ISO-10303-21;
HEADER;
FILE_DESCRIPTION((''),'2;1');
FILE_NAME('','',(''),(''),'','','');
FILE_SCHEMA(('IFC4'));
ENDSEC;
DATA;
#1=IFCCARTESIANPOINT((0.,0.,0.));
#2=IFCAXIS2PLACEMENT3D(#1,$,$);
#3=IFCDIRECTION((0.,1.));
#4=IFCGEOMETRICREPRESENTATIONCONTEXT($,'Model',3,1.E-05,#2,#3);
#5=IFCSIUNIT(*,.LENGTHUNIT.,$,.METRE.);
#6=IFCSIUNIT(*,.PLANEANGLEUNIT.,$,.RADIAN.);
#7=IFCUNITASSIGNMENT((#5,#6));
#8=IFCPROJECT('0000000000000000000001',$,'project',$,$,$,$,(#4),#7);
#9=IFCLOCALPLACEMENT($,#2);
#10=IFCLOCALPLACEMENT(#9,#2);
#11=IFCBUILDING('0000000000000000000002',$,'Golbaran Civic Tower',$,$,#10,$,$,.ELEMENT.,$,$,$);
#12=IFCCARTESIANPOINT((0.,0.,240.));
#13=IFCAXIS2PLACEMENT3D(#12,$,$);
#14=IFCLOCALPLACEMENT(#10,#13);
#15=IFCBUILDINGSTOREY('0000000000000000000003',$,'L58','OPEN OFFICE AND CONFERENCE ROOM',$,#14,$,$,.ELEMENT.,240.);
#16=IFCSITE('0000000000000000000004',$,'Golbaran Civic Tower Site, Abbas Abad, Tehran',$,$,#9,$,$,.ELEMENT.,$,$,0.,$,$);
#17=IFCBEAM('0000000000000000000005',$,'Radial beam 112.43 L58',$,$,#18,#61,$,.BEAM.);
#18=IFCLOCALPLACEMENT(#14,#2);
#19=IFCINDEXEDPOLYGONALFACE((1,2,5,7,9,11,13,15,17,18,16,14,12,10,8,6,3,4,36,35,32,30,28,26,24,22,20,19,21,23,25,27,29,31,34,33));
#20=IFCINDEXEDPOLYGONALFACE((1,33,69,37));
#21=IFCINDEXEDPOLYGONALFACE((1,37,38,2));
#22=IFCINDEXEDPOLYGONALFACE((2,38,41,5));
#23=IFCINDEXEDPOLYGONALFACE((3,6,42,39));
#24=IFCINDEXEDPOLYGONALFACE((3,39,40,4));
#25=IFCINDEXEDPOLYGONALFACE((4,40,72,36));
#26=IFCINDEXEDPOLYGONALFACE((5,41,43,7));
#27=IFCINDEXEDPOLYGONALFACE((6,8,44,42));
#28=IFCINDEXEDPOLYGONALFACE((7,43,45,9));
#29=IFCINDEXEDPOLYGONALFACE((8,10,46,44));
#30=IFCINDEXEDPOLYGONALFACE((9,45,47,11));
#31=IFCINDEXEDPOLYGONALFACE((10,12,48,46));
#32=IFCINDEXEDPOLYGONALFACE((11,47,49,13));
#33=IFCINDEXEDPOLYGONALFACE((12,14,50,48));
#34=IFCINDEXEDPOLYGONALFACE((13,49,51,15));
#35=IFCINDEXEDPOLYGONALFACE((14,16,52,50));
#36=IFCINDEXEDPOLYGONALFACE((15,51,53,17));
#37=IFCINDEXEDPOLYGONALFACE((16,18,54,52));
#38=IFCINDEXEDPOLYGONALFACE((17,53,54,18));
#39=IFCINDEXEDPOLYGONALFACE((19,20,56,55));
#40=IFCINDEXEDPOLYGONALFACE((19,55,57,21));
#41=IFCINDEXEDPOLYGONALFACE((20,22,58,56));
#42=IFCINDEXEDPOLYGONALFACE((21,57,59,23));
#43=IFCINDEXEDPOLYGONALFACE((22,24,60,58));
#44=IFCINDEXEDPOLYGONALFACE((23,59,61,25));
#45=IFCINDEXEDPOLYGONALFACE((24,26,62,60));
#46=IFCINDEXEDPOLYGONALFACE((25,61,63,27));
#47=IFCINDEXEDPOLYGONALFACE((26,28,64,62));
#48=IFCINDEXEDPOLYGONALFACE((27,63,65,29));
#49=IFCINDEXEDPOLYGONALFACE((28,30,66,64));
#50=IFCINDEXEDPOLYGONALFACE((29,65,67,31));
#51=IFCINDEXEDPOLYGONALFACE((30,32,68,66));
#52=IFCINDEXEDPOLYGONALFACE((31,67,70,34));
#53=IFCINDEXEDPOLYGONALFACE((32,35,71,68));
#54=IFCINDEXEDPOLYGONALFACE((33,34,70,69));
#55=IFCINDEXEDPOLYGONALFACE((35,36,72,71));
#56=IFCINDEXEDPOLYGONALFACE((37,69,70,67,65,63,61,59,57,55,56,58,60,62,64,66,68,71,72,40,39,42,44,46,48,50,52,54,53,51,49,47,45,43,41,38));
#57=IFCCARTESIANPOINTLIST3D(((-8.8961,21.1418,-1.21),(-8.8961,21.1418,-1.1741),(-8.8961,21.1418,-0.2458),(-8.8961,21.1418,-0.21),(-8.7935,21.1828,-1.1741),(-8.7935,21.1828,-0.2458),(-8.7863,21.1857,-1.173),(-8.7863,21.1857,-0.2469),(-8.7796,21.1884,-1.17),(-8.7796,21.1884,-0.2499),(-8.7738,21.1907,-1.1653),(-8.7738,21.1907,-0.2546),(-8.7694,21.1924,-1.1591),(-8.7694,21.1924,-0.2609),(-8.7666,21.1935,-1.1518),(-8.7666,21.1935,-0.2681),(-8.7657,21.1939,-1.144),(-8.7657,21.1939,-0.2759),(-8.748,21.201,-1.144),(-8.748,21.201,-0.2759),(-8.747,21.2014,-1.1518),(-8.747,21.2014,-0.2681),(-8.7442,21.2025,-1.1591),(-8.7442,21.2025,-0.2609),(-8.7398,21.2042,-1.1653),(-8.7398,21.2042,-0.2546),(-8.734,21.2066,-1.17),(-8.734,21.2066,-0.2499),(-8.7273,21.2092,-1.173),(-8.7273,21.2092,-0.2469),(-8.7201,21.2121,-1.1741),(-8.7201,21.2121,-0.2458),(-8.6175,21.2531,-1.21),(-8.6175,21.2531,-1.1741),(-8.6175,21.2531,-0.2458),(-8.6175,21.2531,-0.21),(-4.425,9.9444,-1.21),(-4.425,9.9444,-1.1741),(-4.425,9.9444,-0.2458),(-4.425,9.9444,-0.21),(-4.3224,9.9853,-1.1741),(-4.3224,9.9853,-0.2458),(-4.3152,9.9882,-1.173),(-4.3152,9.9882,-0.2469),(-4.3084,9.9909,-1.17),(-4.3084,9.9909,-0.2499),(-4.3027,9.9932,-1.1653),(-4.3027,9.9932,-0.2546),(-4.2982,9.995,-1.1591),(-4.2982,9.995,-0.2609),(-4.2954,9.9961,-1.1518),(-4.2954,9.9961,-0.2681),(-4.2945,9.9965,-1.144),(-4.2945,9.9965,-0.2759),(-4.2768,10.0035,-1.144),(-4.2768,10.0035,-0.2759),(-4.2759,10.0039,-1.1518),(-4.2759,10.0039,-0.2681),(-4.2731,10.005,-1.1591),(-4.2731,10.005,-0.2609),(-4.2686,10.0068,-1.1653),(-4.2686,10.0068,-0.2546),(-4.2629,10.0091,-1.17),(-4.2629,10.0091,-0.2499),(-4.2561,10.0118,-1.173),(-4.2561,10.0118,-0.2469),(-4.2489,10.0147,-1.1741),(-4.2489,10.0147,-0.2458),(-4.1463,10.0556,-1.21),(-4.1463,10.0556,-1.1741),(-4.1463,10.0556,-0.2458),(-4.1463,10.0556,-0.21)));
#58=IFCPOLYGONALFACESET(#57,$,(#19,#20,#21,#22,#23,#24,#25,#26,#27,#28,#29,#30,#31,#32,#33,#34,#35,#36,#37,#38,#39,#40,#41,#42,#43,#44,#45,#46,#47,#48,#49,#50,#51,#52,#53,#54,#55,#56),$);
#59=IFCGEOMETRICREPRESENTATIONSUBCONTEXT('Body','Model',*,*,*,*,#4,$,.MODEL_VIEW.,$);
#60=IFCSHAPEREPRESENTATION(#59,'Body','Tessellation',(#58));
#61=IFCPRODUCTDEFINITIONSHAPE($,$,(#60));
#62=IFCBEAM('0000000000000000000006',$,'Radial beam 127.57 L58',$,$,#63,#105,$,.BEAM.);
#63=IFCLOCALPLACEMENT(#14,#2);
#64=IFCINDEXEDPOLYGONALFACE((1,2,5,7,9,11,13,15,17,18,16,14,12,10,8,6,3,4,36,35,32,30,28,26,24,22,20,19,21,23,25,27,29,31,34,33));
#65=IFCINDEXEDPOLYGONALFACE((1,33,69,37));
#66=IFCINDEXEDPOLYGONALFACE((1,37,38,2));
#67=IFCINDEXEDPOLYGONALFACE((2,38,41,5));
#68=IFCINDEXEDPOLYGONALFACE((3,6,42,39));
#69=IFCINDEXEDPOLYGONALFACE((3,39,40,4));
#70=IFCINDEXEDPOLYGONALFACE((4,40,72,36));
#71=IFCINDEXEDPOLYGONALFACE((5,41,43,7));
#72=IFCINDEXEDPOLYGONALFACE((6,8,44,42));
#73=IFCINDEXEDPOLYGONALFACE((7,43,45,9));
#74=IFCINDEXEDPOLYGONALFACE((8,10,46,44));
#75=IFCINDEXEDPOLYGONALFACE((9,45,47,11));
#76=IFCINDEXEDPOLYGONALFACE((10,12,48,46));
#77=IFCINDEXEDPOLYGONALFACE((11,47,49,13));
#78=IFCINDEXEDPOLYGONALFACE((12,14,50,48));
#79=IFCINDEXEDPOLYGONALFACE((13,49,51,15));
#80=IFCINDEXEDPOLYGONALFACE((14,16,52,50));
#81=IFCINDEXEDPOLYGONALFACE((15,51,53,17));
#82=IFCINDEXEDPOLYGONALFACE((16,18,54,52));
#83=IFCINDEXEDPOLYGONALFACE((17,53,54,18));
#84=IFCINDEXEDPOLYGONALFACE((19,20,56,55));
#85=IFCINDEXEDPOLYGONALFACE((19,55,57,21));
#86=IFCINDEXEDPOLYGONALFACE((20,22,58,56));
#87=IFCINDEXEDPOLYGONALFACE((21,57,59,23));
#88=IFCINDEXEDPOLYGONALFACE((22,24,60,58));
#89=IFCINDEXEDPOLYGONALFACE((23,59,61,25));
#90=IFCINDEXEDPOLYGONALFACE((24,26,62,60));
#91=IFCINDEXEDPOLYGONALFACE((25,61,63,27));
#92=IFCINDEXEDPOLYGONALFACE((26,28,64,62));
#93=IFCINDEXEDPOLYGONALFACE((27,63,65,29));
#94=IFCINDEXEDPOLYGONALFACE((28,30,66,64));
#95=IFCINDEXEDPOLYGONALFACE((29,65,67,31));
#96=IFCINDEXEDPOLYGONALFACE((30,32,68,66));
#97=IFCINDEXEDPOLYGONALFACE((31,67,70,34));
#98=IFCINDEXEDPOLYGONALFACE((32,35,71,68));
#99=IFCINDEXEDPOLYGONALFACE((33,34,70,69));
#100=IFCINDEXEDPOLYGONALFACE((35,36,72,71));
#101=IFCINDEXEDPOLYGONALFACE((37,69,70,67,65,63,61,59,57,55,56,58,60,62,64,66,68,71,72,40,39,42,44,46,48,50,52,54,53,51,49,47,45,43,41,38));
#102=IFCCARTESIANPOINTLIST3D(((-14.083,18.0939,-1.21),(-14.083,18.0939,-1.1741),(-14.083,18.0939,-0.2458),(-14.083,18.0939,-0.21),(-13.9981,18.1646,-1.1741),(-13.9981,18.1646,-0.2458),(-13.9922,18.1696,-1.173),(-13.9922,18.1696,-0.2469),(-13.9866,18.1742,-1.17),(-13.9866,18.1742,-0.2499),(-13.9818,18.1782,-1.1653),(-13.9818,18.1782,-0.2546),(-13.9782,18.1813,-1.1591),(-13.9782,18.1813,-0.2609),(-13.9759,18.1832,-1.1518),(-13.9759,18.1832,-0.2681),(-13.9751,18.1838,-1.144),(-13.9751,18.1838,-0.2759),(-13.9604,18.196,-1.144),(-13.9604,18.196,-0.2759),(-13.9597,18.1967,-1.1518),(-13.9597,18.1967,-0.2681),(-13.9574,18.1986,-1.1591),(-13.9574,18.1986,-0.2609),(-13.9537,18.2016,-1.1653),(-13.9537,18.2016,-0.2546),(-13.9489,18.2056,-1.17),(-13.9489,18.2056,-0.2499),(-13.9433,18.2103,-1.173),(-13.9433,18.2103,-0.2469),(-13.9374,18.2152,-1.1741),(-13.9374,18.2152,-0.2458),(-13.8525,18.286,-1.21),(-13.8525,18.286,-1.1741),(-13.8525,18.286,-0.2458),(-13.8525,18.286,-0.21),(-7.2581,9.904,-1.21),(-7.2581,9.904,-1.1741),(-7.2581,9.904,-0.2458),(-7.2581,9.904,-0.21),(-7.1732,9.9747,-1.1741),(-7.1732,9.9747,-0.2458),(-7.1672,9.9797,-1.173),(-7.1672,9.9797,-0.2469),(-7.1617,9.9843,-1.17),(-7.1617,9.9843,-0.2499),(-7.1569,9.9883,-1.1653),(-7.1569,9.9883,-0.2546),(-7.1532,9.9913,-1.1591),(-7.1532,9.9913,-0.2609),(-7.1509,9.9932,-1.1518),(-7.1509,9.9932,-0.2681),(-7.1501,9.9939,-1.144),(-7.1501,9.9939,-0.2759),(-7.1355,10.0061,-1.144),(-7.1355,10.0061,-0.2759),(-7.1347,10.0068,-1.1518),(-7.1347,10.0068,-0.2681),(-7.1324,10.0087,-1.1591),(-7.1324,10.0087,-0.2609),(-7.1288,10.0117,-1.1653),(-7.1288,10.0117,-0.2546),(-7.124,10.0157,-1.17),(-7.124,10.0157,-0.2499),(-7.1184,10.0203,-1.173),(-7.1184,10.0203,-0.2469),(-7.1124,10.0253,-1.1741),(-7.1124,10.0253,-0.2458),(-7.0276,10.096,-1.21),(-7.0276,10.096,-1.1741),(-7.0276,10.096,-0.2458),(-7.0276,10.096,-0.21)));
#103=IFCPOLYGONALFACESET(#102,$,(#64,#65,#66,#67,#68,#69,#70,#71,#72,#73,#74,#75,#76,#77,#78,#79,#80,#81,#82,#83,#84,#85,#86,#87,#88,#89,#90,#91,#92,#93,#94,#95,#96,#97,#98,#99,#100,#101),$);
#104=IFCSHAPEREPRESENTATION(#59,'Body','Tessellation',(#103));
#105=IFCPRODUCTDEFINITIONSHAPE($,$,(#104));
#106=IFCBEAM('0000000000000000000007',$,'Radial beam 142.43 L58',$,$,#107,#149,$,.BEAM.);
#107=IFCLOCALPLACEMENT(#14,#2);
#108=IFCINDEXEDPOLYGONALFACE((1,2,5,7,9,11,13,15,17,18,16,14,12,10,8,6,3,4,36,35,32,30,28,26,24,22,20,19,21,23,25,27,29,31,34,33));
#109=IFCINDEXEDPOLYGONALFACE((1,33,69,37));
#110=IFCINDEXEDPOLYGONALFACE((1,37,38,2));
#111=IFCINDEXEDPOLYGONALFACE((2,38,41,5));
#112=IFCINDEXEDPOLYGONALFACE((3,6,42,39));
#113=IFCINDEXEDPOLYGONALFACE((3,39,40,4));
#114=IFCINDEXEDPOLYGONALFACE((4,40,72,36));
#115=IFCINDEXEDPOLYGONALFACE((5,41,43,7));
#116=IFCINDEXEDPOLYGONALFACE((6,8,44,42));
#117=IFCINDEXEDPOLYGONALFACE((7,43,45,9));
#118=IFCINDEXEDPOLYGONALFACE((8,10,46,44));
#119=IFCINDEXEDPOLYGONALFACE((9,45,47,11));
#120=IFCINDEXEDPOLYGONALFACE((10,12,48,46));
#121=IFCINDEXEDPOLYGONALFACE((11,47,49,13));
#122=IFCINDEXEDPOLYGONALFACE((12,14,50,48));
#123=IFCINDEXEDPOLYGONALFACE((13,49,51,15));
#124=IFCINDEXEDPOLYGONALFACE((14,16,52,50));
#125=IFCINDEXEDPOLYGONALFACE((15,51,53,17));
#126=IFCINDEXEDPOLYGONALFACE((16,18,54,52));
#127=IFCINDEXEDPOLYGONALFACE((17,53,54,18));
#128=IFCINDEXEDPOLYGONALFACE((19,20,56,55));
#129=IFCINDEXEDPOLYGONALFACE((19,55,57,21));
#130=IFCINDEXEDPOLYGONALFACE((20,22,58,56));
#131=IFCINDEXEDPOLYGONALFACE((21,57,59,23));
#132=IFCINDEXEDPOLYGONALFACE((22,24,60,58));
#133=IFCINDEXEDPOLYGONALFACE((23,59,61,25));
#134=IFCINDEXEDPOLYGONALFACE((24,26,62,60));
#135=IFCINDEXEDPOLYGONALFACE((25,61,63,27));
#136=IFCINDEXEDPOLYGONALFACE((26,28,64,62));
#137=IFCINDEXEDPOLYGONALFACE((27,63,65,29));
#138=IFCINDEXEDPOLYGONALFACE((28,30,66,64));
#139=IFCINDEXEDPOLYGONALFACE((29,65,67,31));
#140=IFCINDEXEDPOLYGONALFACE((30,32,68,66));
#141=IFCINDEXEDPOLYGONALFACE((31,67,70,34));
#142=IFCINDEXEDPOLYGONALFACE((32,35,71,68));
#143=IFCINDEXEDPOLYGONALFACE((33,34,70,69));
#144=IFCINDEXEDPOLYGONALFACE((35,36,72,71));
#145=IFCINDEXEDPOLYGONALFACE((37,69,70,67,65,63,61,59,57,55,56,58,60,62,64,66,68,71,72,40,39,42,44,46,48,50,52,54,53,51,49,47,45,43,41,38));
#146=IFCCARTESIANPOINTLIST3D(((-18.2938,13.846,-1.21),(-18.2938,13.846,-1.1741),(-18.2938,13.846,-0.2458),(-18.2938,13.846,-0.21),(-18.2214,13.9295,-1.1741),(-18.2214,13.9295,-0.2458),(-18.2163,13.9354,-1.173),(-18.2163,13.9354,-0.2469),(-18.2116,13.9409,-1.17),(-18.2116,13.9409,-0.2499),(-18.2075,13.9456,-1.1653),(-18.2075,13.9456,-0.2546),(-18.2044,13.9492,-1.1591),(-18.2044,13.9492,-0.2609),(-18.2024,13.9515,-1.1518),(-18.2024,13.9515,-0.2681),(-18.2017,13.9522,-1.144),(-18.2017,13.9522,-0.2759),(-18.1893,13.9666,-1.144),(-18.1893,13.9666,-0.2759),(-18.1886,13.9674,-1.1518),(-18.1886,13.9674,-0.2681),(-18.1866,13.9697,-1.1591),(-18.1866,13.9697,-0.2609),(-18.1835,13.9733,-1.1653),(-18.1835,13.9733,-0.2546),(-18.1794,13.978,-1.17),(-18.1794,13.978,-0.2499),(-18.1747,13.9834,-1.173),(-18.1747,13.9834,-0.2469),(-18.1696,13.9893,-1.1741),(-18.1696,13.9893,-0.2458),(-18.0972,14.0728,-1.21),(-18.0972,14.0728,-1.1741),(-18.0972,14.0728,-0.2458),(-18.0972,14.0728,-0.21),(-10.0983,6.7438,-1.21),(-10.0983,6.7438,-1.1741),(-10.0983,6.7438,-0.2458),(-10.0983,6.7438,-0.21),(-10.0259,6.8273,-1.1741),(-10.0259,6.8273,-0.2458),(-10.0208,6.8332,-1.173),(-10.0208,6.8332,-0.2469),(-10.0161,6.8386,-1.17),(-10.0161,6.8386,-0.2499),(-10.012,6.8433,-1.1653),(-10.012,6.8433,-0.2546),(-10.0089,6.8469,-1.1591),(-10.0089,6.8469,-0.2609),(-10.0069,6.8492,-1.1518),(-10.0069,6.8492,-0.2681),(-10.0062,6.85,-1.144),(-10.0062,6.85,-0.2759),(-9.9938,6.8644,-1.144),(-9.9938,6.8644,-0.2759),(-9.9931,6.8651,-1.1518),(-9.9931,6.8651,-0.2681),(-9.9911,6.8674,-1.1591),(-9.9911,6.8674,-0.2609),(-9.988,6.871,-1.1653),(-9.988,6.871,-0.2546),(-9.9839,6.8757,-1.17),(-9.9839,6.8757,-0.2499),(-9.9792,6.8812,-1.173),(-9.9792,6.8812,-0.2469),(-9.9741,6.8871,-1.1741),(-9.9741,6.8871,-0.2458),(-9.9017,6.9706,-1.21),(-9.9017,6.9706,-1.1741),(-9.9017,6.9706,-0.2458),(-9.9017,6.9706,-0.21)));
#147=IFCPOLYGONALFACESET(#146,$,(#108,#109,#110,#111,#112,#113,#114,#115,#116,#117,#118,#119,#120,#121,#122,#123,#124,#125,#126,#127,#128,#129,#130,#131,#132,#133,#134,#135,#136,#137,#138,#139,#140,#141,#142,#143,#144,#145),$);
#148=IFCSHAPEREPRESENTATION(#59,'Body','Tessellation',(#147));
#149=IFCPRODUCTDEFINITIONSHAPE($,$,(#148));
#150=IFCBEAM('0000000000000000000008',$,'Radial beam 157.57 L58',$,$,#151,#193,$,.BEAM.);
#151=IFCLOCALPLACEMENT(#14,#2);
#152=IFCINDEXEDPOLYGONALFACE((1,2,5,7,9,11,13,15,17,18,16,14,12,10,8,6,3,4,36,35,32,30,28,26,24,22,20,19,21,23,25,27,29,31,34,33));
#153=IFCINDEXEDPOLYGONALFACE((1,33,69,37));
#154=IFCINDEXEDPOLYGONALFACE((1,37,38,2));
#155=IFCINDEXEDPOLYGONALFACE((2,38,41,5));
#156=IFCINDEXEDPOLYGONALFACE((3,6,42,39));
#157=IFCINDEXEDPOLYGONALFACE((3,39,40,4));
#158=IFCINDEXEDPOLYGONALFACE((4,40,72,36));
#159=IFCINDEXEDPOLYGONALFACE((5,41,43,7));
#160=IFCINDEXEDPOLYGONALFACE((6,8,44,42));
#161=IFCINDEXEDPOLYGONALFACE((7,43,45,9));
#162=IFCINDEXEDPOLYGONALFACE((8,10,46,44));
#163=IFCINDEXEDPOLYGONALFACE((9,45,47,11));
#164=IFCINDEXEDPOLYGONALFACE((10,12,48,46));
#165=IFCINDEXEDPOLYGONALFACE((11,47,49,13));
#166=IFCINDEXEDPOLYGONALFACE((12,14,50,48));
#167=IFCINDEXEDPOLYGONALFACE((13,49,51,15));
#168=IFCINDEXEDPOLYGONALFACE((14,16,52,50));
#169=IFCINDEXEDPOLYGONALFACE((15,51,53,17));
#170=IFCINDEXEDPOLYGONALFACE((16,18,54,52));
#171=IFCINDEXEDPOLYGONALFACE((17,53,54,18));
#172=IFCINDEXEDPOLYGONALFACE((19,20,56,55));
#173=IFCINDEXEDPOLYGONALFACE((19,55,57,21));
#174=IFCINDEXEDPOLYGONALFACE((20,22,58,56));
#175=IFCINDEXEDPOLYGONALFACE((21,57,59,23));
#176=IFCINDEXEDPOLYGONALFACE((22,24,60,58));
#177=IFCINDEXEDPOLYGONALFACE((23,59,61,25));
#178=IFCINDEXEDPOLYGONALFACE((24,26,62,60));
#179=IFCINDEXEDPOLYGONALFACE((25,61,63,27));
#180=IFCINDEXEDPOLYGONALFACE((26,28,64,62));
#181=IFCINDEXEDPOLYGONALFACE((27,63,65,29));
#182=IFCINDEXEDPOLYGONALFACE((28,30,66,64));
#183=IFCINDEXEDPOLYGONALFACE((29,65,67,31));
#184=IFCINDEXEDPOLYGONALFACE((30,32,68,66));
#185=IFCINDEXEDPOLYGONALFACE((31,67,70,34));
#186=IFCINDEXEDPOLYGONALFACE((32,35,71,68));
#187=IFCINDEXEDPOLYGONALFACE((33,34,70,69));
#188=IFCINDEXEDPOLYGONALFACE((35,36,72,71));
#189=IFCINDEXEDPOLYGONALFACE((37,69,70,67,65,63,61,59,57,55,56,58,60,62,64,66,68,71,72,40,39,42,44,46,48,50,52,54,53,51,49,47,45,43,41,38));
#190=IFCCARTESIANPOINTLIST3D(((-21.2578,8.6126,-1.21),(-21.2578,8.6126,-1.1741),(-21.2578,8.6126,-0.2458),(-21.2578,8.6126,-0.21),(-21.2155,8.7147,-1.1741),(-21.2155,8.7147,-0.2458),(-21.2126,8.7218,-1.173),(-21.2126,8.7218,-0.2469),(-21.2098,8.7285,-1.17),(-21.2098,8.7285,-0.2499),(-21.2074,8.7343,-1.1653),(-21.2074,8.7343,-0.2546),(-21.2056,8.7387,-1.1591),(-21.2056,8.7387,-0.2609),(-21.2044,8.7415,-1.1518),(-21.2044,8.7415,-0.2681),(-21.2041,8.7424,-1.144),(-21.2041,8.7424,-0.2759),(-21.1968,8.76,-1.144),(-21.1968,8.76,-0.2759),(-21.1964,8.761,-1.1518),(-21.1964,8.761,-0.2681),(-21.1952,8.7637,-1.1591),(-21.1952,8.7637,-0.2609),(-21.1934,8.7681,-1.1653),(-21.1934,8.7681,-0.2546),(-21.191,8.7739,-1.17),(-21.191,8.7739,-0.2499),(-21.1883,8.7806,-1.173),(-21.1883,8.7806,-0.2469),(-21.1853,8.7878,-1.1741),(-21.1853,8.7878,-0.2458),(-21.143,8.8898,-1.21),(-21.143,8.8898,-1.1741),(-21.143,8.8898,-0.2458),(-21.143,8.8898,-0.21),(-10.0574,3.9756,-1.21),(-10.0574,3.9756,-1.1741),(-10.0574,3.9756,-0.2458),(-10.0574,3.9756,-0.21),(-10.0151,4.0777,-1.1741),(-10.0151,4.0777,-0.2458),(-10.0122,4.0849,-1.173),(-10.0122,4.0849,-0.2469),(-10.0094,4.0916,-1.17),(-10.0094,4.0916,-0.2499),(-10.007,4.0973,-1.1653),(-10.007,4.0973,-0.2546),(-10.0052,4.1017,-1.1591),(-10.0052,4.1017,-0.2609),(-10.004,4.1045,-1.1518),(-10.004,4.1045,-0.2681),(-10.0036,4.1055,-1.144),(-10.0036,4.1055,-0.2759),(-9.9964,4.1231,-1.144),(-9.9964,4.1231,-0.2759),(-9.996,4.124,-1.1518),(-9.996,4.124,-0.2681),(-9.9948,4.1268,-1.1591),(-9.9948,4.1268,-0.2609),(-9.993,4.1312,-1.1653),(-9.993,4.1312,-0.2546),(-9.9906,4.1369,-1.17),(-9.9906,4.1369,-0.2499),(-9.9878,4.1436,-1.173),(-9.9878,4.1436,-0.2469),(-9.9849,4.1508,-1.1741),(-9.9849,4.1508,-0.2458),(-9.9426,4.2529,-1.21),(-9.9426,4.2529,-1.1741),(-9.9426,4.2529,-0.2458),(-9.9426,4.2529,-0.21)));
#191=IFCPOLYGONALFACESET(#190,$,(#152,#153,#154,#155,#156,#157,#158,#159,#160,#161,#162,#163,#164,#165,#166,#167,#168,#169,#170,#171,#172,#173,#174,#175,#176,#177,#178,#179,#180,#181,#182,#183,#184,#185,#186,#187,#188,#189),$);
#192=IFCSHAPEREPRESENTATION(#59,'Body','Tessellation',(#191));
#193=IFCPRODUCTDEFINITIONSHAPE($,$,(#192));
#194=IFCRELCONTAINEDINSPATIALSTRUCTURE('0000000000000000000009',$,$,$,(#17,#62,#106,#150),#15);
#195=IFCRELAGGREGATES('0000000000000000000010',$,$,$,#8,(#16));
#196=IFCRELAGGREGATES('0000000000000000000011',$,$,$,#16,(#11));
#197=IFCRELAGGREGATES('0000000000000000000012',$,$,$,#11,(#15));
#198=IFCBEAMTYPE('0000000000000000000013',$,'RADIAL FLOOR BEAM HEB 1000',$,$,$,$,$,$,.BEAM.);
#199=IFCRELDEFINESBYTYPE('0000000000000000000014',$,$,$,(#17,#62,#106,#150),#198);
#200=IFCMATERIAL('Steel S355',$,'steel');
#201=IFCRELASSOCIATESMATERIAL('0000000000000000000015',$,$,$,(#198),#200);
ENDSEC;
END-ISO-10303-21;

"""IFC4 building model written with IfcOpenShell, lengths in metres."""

from ifc_helpers import new_model, si_unit, direction, frame, origin, origin_2d, place, context, subcontext, project, spatial, i_section, extrude, material, material_profile, profile_set, type_object, element, save


model = new_model("IFC4")

# Units and contexts
model_context = context("Model", 3, precision=1e-05, world=origin(), true_north=direction((0.0, 1.0)))
body_context = subcontext(model_context, "Body", "Model", "MODEL_VIEW")
ifc_project = project(units=[si_unit("LENGTHUNIT", "METRE"), si_unit("PLANEANGLEUNIT", "RADIAN")], contexts=[model_context])

# Site, building, storey
site_placement = place(None, origin())
site = spatial("IfcSite", under=ifc_project, at=site_placement, Name="Golbaran Civic Tower Site, Abbas Abad, Tehran", CompositionType="ELEMENT", RefElevation=0.0)
building_placement = place(site_placement, origin())
building = spatial("IfcBuilding", under=site, at=building_placement, Name="Golbaran Civic Tower", CompositionType="ELEMENT")
storey_placement = place(building_placement, frame((0.0, 0.0, 240.0)))
storey = spatial("IfcBuildingStorey", under=building, at=storey_placement, Name="L58", Description="OPEN OFFICE AND CONFERENCE ROOM", CompositionType="ELEMENT", Elevation=240.0)

# Beams
ifc_material_1 = material(Name="Steel S355", Category="steel")
ifc_material_profile = material_profile(ifc_material_1, i_section(OverallWidth=0.3, OverallDepth=1.0, WebThickness=0.019, FlangeThickness=0.0359, FilletRadius=0.03, at=origin_2d()), Name="HEB 1000")
ifc_profile_set = profile_set([ifc_material_profile], Name="Steel S355")
beam_type = type_object("IfcBeamType", Name="RADIAL FLOOR BEAM HEB 1000", PredefinedType="BEAM", material=ifc_profile_set)
beam_1_placement = place(storey_placement, frame((-4.2856, 10.0, -0.71), z_axis=(-0.370832, 0.9287, 0.0), x_axis=(-0.9287, -0.370832, 0.0)))
element("IfcBeam", 1, at=beam_1_placement, inside=storey, type_object=beam_type, Name="Radial beam 112.43 L58", PredefinedType="BEAM", context=body_context, shape_type="SweptSolid", body=[
    extrude(i_section(OverallWidth=0.3, OverallDepth=1.0, WebThickness=0.019, FlangeThickness=0.0359, FilletRadius=0.03, at=origin_2d()), origin(), (0.0, 0.0, 1.0), 12.0571),
])
beam_2_placement = place(storey_placement, frame((-7.1428, 10.0, -0.71), z_axis=(-0.640184, 0.768221, 0.0), x_axis=(-0.768221, -0.640184, 0.0)))
element("IfcBeam", 2, at=beam_2_placement, inside=storey, type_object=beam_type, Name="Radial beam 127.57 L58", PredefinedType="BEAM", context=body_context, shape_type="SweptSolid", body=[
    extrude(i_section(OverallWidth=0.3, OverallDepth=1.0, WebThickness=0.019, FlangeThickness=0.0359, FilletRadius=0.03, at=origin_2d()), origin(), (0.0, 0.0, 1.0), 10.6609),
])
beam_3_placement = place(storey_placement, frame((-10.0, 6.8572, -0.71), z_axis=(-0.755713, 0.654903, 0.0), x_axis=(-0.654903, -0.755713, 0.0)))
element("IfcBeam", 3, at=beam_3_placement, inside=storey, type_object=beam_type, Name="Radial beam 142.43 L58", PredefinedType="BEAM", context=body_context, shape_type="SweptSolid", body=[
    extrude(i_section(OverallWidth=0.3, OverallDepth=1.0, WebThickness=0.019, FlangeThickness=0.0359, FilletRadius=0.03, at=origin_2d()), origin(), (0.0, 0.0, 1.0), 10.8447),
])
beam_4_placement = place(storey_placement, frame((-10.0, 4.1143, -0.71), z_axis=(-0.92395, 0.382514, 0.0), x_axis=(-0.382514, -0.92395, 0.0)))
element("IfcBeam", 4, at=beam_4_placement, inside=storey, type_object=beam_type, Name="Radial beam 157.57 L58", PredefinedType="BEAM", context=body_context, shape_type="SweptSolid", body=[
    extrude(i_section(OverallWidth=0.3, OverallDepth=1.0, WebThickness=0.019, FlangeThickness=0.0359, FilletRadius=0.03, at=origin_2d()), origin(), (0.0, 0.0, 1.0), 12.1223),
])

save(model, "model.ifc")
